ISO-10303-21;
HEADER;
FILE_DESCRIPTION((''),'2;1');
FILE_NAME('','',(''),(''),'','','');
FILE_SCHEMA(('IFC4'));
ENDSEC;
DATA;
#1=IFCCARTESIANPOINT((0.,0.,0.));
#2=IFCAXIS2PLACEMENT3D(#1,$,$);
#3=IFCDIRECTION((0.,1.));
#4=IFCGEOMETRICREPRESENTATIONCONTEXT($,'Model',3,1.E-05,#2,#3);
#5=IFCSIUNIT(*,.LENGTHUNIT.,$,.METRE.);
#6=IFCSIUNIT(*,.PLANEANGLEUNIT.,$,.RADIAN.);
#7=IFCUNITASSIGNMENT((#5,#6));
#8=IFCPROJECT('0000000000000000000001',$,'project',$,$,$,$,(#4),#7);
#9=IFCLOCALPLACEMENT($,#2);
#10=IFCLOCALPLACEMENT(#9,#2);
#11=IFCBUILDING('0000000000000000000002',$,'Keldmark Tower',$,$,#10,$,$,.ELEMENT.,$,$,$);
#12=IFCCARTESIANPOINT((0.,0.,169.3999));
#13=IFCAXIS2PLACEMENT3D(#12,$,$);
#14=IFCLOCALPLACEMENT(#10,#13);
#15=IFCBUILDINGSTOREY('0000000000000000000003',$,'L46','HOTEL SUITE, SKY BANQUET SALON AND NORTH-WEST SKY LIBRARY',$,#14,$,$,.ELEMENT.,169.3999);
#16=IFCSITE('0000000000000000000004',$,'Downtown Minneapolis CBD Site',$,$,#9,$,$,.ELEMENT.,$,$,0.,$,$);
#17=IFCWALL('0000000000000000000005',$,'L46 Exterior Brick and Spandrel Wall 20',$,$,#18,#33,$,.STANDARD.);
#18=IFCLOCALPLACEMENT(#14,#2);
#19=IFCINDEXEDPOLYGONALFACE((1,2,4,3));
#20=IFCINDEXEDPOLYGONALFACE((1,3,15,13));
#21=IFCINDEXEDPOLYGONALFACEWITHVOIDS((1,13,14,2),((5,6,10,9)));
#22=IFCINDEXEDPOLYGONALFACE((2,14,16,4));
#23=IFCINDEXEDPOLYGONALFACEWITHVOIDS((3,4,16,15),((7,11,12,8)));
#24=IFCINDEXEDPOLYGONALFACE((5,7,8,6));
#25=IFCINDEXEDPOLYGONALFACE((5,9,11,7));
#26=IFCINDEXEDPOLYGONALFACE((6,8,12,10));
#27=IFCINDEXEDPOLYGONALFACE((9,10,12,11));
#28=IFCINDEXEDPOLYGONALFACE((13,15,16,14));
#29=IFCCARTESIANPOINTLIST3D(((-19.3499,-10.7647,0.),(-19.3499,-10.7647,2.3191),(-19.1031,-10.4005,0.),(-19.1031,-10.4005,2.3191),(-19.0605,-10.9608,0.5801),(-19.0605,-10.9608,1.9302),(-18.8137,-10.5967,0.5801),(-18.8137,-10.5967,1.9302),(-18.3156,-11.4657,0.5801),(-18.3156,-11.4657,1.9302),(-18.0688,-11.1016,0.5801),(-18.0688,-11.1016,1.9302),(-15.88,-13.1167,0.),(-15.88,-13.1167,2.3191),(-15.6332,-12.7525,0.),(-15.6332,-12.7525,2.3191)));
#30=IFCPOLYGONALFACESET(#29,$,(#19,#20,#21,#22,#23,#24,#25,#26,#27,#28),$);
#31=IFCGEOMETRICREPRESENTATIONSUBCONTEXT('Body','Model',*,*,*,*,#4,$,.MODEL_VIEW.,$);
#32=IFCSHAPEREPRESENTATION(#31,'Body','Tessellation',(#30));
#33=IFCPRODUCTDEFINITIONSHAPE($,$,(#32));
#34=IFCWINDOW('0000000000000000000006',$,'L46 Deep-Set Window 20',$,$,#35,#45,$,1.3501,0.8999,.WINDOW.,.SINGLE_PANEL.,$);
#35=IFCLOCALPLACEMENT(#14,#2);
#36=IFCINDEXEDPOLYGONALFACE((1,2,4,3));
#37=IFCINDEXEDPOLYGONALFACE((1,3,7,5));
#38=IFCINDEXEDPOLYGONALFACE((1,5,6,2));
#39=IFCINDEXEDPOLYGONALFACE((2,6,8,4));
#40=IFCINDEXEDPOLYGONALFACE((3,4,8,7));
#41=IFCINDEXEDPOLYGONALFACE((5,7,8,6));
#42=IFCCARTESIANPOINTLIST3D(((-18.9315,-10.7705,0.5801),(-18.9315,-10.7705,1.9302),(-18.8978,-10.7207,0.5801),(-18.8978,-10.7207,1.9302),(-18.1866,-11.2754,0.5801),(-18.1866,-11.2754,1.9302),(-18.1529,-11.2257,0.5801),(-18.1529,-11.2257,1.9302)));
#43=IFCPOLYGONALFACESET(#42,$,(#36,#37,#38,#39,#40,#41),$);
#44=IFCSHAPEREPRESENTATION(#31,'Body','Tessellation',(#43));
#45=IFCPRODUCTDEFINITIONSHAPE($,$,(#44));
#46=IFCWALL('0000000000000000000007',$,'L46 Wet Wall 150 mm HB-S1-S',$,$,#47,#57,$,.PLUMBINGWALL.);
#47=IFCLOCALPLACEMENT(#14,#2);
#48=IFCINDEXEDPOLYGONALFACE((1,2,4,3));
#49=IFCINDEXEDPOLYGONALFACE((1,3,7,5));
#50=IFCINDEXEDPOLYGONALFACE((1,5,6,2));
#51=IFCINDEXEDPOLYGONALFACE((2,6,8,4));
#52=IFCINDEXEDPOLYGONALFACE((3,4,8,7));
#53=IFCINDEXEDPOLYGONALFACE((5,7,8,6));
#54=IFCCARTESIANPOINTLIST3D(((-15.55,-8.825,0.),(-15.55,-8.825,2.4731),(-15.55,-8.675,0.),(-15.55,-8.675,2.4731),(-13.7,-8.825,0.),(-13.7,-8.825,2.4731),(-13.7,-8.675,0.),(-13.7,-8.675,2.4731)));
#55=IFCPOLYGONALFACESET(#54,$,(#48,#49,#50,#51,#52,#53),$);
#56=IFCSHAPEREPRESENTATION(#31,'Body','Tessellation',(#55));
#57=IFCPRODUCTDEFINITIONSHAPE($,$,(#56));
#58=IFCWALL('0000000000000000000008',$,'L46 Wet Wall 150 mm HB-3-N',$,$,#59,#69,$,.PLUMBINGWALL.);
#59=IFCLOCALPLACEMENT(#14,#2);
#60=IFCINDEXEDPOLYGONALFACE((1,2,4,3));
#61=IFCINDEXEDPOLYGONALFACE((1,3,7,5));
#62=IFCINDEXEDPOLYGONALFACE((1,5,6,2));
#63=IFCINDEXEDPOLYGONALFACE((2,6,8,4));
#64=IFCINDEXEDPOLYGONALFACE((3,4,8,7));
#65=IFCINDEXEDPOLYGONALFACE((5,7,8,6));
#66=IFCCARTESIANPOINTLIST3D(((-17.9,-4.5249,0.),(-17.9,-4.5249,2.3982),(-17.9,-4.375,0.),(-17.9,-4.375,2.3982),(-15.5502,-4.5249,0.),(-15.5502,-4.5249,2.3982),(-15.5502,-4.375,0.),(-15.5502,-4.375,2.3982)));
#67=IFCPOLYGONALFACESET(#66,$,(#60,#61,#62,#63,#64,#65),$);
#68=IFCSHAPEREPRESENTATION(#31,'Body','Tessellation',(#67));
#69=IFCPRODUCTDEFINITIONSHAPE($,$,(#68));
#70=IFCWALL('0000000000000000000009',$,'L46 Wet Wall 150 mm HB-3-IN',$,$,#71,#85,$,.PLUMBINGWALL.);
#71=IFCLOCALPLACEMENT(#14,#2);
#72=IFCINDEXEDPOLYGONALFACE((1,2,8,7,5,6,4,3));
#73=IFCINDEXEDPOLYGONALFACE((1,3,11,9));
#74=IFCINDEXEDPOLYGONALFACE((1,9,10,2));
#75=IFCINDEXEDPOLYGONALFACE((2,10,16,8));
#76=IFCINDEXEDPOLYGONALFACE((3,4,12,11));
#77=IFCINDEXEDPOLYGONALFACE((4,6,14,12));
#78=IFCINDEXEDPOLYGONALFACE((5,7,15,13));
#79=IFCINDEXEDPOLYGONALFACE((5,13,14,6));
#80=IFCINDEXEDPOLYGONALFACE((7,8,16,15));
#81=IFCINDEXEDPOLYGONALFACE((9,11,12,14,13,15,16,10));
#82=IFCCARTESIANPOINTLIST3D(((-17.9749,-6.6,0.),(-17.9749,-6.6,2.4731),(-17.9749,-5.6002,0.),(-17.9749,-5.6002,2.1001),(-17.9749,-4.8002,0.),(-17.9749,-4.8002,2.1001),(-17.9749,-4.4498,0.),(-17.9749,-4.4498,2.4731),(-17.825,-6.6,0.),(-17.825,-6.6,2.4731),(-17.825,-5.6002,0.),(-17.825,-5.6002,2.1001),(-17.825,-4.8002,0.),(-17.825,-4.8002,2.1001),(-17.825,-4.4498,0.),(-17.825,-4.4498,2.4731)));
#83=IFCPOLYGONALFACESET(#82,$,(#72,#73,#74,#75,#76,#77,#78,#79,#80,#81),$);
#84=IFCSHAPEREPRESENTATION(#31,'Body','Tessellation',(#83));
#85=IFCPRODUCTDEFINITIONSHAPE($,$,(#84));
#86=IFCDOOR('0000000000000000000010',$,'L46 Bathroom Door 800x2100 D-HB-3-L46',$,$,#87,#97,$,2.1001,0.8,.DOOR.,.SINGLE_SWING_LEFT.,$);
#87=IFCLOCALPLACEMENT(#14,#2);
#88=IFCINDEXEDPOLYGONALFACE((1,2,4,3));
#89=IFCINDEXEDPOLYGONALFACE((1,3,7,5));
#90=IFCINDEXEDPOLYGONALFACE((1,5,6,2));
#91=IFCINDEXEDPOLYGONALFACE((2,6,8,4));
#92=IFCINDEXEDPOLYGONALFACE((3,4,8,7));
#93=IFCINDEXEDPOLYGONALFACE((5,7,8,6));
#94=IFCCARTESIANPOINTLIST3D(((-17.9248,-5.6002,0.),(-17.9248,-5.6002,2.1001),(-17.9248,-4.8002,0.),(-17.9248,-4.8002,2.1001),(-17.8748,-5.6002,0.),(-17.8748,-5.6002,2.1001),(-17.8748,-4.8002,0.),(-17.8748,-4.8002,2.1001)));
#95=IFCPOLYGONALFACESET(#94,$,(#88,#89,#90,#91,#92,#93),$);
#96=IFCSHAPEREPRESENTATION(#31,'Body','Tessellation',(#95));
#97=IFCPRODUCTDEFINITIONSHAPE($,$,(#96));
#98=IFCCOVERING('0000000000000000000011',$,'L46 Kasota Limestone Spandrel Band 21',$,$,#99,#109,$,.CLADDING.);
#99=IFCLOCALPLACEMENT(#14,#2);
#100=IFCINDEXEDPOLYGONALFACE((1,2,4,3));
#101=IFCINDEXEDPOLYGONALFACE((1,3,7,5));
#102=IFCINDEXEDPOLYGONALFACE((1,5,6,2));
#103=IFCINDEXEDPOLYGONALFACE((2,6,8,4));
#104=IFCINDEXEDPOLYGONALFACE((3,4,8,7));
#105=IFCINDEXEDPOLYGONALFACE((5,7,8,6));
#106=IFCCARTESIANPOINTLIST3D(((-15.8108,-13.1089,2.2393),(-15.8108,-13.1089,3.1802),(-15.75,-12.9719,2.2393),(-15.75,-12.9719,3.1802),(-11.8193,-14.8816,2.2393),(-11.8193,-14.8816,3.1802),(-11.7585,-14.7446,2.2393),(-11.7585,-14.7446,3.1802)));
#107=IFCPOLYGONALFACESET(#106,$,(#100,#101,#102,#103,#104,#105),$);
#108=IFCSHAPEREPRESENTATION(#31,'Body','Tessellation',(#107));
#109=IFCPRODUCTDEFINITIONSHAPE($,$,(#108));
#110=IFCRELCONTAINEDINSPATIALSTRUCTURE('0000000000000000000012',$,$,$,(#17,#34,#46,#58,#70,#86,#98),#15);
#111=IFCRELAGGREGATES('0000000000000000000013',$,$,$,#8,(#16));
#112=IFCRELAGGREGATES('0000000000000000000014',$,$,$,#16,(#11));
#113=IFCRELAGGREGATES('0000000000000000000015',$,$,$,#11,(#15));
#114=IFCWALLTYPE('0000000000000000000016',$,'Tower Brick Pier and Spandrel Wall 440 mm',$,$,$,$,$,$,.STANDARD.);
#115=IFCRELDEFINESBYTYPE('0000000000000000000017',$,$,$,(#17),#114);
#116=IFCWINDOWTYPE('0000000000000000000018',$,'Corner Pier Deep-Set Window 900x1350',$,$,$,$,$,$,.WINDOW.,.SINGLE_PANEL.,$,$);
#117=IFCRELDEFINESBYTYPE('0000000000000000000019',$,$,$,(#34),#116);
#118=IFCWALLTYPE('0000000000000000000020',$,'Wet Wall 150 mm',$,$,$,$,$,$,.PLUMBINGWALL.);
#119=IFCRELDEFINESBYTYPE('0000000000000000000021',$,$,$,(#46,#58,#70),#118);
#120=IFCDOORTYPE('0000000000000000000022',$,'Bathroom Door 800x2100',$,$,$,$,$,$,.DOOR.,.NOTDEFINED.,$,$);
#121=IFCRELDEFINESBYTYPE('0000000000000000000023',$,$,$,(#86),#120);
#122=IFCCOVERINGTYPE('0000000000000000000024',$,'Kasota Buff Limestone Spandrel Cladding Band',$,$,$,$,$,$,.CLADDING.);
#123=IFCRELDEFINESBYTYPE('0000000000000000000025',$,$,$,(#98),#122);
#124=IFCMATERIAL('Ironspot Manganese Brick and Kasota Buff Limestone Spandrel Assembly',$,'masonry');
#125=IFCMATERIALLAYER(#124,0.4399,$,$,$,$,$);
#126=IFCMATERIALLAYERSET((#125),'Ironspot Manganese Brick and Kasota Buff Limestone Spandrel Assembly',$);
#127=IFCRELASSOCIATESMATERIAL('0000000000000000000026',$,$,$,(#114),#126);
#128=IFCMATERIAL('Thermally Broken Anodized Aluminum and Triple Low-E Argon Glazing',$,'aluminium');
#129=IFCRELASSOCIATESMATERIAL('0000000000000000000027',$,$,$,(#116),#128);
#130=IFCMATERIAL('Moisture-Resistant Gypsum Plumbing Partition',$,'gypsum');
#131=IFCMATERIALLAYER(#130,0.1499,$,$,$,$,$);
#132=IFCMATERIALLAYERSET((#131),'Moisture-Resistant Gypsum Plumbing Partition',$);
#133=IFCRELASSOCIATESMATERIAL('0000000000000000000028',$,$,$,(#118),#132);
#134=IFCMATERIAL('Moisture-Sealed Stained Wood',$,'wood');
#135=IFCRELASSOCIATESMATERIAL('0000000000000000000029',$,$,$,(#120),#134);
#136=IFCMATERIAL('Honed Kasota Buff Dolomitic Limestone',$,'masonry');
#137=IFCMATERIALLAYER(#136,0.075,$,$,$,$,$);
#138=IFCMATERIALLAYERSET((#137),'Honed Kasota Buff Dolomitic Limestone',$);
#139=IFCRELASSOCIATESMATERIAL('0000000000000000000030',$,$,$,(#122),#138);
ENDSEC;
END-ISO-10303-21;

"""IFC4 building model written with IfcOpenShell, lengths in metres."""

from ifc_helpers import new_model, si_unit, direction, frame, frame_2d, origin, origin_2d, place, context, subcontext, project, spatial, rectangle, extrude, material, layer, layer_set, type_object, element, fill, save


model = new_model("IFC4")

# Units and contexts
model_context = context("Model", 3, precision=1e-05, world=origin(), true_north=direction((0.0, 1.0)))
body_context = subcontext(model_context, "Body", "Model", "MODEL_VIEW")
ifc_project = project(units=[si_unit("LENGTHUNIT", "METRE"), si_unit("PLANEANGLEUNIT", "RADIAN")], contexts=[model_context])

# Site, building, storey
site_placement = place(None, origin())
site = spatial("IfcSite", under=ifc_project, at=site_placement, Name="Downtown Minneapolis CBD Site", CompositionType="ELEMENT", RefElevation=0.0)
building_placement = place(site_placement, origin())
building = spatial("IfcBuilding", under=site, at=building_placement, Name="Keldmark Tower", CompositionType="ELEMENT")
storey_placement = place(building_placement, frame((0.0, 0.0, 169.3999)))
storey = spatial("IfcBuildingStorey", under=building, at=storey_placement, Name="L46", Description="HOTEL SUITE, SKY BANQUET SALON AND NORTH-WEST SKY LIBRARY", CompositionType="ELEMENT", Elevation=169.3999)

# Wall, opening, window
ifc_material_1 = material(Name="Ironspot Manganese Brick and Kasota Buff Limestone Spandrel Assembly", Category="masonry")
ifc_layer_1 = layer(ifc_material_1, 0.4399)
ifc_layer_set_1 = layer_set([ifc_layer_1], Name="Ironspot Manganese Brick and Kasota Buff Limestone Spandrel Assembly")
wall_type_1 = type_object("IfcWallType", Name="Tower Brick Pier and Spandrel Wall 440 mm", PredefinedType="STANDARD", material=ifc_layer_set_1)
wall_1_placement = place(storey_placement, frame((-15.7566, -12.9346, 0.0), z_axis=(0.0, 0.0, 1.0), x_axis=(-0.827761, 0.561081, 0.0)))
wall_1 = element("IfcWall", 1, at=wall_1_placement, inside=storey, type_object=wall_type_1, Name="L46 Exterior Brick and Spandrel Wall 20", PredefinedType="STANDARD", context=body_context, shape_type="SweptSolid", body=[
    extrude(rectangle(XDim=4.1919, YDim=0.4399, at=frame_2d((2.0959, 0.0))), origin(), (0.0, 0.0, 1.0), 2.3191),
])
opening_1_placement = place(wall_1_placement, frame((2.9424, 0.0, 0.5801)))
opening_1 = element("IfcOpeningElement", 2, at=opening_1_placement, cuts=wall_1, PredefinedType="OPENING", context=body_context, shape_type="SweptSolid", body=[
    extrude(rectangle(XDim=0.8999, YDim=1.3501, at=frame_2d((0.45, 0.675))), frame((0.0, 0.23, 0.0), z_axis=(0.0, -1.0, 0.0), x_axis=(1.0, 0.0, 0.0)), (0.0, 0.0, 1.0), 0.46),
])
ifc_material_2 = material(Name="Thermally Broken Anodized Aluminum and Triple Low-E Argon Glazing", Category="aluminium")
window_type = type_object("IfcWindowType", Name="Corner Pier Deep-Set Window 900x1350", PartitioningType="SINGLE_PANEL", PredefinedType="WINDOW", material=ifc_material_2)
window_placement = place(opening_1_placement, origin())
window = element("IfcWindow", 3, at=window_placement, inside=storey, type_object=window_type, Name="L46 Deep-Set Window 20", OverallHeight=1.3501, OverallWidth=0.8999, PartitioningType="SINGLE_PANEL", PredefinedType="WINDOW", context=body_context, shape_type="SweptSolid", body=[
    extrude(rectangle(XDim=0.8999, YDim=1.3501, at=frame_2d((0.45, 0.675))), frame((0.0, -0.01, 0.0), z_axis=(0.0, -1.0, 0.0), x_axis=(1.0, 0.0, 0.0)), (0.0, 0.0, 1.0), 0.0601),
])
fill(opening_1, window)

# Walls
ifc_material_3 = material(Name="Moisture-Resistant Gypsum Plumbing Partition", Category="gypsum")
ifc_layer_2 = layer(ifc_material_3, 0.1499)
ifc_layer_set_2 = layer_set([ifc_layer_2], Name="Moisture-Resistant Gypsum Plumbing Partition")
wall_type_2 = type_object("IfcWallType", Name="Wet Wall 150 mm", PredefinedType="PLUMBINGWALL", material=ifc_layer_set_2)
wall_2_placement = place(storey_placement, frame((-15.55, -8.75, 0.0), z_axis=(0.0, 0.0, 1.0), x_axis=(1.0, 0.0, 0.0)))
element("IfcWall", 4, at=wall_2_placement, inside=storey, type_object=wall_type_2, Name="L46 Wet Wall 150 mm HB-S1-S", PredefinedType="PLUMBINGWALL", context=body_context, shape_type="SweptSolid", body=[
    extrude(rectangle(XDim=1.8501, YDim=0.1499, at=frame_2d((0.925, 0.0))), origin(), (0.0, 0.0, 1.0), 2.4731),
])
wall_3_placement = place(storey_placement, frame((-17.8999, -4.45, 0.0), z_axis=(0.0, 0.0, 1.0), x_axis=(1.0, 0.0, 0.0)))
element("IfcWall", 5, at=wall_3_placement, inside=storey, type_object=wall_type_2, Name="L46 Wet Wall 150 mm HB-3-N", PredefinedType="PLUMBINGWALL", context=body_context, shape_type="SweptSolid", body=[
    extrude(rectangle(XDim=2.3499, YDim=0.1499, at=frame_2d((1.1748, 0.0))), origin(), (0.0, 0.0, 1.0), 2.3982),
])

# Wall, opening, door
wall_4_placement = place(storey_placement, frame((-17.8999, -6.6001, 0.0), z_axis=(0.0, 0.0, 1.0), x_axis=(0.0, 1.0, 0.0)))
wall_4 = element("IfcWall", 6, at=wall_4_placement, inside=storey, type_object=wall_type_2, Name="L46 Wet Wall 150 mm HB-3-IN", PredefinedType="PLUMBINGWALL", context=body_context, shape_type="SweptSolid", body=[
    extrude(rectangle(XDim=2.1501, YDim=0.1499, at=frame_2d((1.0752, 0.0))), origin(), (0.0, 0.0, 1.0), 2.4731),
])
opening_2_placement = place(wall_4_placement, frame((1.0, 0.0, 0.0)))
opening_2 = element("IfcOpeningElement", 7, at=opening_2_placement, cuts=wall_4, PredefinedType="OPENING", context=body_context, shape_type="SweptSolid", body=[
    extrude(rectangle(XDim=0.8, YDim=2.1001, at=frame_2d((0.3999, 1.05))), frame((0.0, 0.085, 0.0), z_axis=(0.0, -1.0, 0.0), x_axis=(1.0, 0.0, 0.0)), (0.0, 0.0, 1.0), 0.1699),
])
ifc_material_4 = material(Name="Moisture-Sealed Stained Wood", Category="wood")
door_type_1 = type_object("IfcDoorType", Name="Bathroom Door 800x2100", OperationType="NOTDEFINED", PredefinedType="DOOR", material=ifc_material_4)
door_1_placement = place(opening_2_placement, origin())
door_1 = element("IfcDoor", 8, at=door_1_placement, inside=storey, type_object=door_type_1, Name="L46 Bathroom Door 800x2100 D-HB-3-L46", OperationType="SINGLE_SWING_LEFT", OverallHeight=2.1001, OverallWidth=0.8, PredefinedType="DOOR", context=body_context, shape_type="SweptSolid", body=[
    extrude(rectangle(XDim=0.8, YDim=2.1001, at=frame_2d((0.3999, 1.05))), frame((0.0, 0.0249, 0.0), z_axis=(0.0, -1.0, 0.0), x_axis=(1.0, 0.0, 0.0)), (0.0, 0.0, 1.0), 0.05),
])
fill(opening_2, door_1)

# Covering
ifc_material_5 = material(Name="Honed Kasota Buff Dolomitic Limestone", Category="masonry")
ifc_layer_3 = layer(ifc_material_5, 0.075)
ifc_layer_set_3 = layer_set([ifc_layer_3], Name="Honed Kasota Buff Dolomitic Limestone")
covering_type = type_object("IfcCoveringType", Name="Kasota Buff Limestone Spandrel Cladding Band", PredefinedType="CLADDING", material=ifc_layer_set_3)
covering_placement = place(storey_placement, frame((-13.7847, -13.9268, 2.2393), z_axis=(0.0, 0.0, 1.0), x_axis=(0.913921, -0.405891, 0.0)))
element("IfcCovering", 9, at=covering_placement, inside=storey, type_object=covering_type, Name="L46 Kasota Limestone Spandrel Band 21", PredefinedType="CLADDING", context=body_context, shape_type="SweptSolid", body=[
    extrude(rectangle(XDim=4.3674, YDim=0.1499, at=origin_2d()), origin(), (0.0, 0.0, 1.0), 0.9409),
])

save(model, "model.ifc")
